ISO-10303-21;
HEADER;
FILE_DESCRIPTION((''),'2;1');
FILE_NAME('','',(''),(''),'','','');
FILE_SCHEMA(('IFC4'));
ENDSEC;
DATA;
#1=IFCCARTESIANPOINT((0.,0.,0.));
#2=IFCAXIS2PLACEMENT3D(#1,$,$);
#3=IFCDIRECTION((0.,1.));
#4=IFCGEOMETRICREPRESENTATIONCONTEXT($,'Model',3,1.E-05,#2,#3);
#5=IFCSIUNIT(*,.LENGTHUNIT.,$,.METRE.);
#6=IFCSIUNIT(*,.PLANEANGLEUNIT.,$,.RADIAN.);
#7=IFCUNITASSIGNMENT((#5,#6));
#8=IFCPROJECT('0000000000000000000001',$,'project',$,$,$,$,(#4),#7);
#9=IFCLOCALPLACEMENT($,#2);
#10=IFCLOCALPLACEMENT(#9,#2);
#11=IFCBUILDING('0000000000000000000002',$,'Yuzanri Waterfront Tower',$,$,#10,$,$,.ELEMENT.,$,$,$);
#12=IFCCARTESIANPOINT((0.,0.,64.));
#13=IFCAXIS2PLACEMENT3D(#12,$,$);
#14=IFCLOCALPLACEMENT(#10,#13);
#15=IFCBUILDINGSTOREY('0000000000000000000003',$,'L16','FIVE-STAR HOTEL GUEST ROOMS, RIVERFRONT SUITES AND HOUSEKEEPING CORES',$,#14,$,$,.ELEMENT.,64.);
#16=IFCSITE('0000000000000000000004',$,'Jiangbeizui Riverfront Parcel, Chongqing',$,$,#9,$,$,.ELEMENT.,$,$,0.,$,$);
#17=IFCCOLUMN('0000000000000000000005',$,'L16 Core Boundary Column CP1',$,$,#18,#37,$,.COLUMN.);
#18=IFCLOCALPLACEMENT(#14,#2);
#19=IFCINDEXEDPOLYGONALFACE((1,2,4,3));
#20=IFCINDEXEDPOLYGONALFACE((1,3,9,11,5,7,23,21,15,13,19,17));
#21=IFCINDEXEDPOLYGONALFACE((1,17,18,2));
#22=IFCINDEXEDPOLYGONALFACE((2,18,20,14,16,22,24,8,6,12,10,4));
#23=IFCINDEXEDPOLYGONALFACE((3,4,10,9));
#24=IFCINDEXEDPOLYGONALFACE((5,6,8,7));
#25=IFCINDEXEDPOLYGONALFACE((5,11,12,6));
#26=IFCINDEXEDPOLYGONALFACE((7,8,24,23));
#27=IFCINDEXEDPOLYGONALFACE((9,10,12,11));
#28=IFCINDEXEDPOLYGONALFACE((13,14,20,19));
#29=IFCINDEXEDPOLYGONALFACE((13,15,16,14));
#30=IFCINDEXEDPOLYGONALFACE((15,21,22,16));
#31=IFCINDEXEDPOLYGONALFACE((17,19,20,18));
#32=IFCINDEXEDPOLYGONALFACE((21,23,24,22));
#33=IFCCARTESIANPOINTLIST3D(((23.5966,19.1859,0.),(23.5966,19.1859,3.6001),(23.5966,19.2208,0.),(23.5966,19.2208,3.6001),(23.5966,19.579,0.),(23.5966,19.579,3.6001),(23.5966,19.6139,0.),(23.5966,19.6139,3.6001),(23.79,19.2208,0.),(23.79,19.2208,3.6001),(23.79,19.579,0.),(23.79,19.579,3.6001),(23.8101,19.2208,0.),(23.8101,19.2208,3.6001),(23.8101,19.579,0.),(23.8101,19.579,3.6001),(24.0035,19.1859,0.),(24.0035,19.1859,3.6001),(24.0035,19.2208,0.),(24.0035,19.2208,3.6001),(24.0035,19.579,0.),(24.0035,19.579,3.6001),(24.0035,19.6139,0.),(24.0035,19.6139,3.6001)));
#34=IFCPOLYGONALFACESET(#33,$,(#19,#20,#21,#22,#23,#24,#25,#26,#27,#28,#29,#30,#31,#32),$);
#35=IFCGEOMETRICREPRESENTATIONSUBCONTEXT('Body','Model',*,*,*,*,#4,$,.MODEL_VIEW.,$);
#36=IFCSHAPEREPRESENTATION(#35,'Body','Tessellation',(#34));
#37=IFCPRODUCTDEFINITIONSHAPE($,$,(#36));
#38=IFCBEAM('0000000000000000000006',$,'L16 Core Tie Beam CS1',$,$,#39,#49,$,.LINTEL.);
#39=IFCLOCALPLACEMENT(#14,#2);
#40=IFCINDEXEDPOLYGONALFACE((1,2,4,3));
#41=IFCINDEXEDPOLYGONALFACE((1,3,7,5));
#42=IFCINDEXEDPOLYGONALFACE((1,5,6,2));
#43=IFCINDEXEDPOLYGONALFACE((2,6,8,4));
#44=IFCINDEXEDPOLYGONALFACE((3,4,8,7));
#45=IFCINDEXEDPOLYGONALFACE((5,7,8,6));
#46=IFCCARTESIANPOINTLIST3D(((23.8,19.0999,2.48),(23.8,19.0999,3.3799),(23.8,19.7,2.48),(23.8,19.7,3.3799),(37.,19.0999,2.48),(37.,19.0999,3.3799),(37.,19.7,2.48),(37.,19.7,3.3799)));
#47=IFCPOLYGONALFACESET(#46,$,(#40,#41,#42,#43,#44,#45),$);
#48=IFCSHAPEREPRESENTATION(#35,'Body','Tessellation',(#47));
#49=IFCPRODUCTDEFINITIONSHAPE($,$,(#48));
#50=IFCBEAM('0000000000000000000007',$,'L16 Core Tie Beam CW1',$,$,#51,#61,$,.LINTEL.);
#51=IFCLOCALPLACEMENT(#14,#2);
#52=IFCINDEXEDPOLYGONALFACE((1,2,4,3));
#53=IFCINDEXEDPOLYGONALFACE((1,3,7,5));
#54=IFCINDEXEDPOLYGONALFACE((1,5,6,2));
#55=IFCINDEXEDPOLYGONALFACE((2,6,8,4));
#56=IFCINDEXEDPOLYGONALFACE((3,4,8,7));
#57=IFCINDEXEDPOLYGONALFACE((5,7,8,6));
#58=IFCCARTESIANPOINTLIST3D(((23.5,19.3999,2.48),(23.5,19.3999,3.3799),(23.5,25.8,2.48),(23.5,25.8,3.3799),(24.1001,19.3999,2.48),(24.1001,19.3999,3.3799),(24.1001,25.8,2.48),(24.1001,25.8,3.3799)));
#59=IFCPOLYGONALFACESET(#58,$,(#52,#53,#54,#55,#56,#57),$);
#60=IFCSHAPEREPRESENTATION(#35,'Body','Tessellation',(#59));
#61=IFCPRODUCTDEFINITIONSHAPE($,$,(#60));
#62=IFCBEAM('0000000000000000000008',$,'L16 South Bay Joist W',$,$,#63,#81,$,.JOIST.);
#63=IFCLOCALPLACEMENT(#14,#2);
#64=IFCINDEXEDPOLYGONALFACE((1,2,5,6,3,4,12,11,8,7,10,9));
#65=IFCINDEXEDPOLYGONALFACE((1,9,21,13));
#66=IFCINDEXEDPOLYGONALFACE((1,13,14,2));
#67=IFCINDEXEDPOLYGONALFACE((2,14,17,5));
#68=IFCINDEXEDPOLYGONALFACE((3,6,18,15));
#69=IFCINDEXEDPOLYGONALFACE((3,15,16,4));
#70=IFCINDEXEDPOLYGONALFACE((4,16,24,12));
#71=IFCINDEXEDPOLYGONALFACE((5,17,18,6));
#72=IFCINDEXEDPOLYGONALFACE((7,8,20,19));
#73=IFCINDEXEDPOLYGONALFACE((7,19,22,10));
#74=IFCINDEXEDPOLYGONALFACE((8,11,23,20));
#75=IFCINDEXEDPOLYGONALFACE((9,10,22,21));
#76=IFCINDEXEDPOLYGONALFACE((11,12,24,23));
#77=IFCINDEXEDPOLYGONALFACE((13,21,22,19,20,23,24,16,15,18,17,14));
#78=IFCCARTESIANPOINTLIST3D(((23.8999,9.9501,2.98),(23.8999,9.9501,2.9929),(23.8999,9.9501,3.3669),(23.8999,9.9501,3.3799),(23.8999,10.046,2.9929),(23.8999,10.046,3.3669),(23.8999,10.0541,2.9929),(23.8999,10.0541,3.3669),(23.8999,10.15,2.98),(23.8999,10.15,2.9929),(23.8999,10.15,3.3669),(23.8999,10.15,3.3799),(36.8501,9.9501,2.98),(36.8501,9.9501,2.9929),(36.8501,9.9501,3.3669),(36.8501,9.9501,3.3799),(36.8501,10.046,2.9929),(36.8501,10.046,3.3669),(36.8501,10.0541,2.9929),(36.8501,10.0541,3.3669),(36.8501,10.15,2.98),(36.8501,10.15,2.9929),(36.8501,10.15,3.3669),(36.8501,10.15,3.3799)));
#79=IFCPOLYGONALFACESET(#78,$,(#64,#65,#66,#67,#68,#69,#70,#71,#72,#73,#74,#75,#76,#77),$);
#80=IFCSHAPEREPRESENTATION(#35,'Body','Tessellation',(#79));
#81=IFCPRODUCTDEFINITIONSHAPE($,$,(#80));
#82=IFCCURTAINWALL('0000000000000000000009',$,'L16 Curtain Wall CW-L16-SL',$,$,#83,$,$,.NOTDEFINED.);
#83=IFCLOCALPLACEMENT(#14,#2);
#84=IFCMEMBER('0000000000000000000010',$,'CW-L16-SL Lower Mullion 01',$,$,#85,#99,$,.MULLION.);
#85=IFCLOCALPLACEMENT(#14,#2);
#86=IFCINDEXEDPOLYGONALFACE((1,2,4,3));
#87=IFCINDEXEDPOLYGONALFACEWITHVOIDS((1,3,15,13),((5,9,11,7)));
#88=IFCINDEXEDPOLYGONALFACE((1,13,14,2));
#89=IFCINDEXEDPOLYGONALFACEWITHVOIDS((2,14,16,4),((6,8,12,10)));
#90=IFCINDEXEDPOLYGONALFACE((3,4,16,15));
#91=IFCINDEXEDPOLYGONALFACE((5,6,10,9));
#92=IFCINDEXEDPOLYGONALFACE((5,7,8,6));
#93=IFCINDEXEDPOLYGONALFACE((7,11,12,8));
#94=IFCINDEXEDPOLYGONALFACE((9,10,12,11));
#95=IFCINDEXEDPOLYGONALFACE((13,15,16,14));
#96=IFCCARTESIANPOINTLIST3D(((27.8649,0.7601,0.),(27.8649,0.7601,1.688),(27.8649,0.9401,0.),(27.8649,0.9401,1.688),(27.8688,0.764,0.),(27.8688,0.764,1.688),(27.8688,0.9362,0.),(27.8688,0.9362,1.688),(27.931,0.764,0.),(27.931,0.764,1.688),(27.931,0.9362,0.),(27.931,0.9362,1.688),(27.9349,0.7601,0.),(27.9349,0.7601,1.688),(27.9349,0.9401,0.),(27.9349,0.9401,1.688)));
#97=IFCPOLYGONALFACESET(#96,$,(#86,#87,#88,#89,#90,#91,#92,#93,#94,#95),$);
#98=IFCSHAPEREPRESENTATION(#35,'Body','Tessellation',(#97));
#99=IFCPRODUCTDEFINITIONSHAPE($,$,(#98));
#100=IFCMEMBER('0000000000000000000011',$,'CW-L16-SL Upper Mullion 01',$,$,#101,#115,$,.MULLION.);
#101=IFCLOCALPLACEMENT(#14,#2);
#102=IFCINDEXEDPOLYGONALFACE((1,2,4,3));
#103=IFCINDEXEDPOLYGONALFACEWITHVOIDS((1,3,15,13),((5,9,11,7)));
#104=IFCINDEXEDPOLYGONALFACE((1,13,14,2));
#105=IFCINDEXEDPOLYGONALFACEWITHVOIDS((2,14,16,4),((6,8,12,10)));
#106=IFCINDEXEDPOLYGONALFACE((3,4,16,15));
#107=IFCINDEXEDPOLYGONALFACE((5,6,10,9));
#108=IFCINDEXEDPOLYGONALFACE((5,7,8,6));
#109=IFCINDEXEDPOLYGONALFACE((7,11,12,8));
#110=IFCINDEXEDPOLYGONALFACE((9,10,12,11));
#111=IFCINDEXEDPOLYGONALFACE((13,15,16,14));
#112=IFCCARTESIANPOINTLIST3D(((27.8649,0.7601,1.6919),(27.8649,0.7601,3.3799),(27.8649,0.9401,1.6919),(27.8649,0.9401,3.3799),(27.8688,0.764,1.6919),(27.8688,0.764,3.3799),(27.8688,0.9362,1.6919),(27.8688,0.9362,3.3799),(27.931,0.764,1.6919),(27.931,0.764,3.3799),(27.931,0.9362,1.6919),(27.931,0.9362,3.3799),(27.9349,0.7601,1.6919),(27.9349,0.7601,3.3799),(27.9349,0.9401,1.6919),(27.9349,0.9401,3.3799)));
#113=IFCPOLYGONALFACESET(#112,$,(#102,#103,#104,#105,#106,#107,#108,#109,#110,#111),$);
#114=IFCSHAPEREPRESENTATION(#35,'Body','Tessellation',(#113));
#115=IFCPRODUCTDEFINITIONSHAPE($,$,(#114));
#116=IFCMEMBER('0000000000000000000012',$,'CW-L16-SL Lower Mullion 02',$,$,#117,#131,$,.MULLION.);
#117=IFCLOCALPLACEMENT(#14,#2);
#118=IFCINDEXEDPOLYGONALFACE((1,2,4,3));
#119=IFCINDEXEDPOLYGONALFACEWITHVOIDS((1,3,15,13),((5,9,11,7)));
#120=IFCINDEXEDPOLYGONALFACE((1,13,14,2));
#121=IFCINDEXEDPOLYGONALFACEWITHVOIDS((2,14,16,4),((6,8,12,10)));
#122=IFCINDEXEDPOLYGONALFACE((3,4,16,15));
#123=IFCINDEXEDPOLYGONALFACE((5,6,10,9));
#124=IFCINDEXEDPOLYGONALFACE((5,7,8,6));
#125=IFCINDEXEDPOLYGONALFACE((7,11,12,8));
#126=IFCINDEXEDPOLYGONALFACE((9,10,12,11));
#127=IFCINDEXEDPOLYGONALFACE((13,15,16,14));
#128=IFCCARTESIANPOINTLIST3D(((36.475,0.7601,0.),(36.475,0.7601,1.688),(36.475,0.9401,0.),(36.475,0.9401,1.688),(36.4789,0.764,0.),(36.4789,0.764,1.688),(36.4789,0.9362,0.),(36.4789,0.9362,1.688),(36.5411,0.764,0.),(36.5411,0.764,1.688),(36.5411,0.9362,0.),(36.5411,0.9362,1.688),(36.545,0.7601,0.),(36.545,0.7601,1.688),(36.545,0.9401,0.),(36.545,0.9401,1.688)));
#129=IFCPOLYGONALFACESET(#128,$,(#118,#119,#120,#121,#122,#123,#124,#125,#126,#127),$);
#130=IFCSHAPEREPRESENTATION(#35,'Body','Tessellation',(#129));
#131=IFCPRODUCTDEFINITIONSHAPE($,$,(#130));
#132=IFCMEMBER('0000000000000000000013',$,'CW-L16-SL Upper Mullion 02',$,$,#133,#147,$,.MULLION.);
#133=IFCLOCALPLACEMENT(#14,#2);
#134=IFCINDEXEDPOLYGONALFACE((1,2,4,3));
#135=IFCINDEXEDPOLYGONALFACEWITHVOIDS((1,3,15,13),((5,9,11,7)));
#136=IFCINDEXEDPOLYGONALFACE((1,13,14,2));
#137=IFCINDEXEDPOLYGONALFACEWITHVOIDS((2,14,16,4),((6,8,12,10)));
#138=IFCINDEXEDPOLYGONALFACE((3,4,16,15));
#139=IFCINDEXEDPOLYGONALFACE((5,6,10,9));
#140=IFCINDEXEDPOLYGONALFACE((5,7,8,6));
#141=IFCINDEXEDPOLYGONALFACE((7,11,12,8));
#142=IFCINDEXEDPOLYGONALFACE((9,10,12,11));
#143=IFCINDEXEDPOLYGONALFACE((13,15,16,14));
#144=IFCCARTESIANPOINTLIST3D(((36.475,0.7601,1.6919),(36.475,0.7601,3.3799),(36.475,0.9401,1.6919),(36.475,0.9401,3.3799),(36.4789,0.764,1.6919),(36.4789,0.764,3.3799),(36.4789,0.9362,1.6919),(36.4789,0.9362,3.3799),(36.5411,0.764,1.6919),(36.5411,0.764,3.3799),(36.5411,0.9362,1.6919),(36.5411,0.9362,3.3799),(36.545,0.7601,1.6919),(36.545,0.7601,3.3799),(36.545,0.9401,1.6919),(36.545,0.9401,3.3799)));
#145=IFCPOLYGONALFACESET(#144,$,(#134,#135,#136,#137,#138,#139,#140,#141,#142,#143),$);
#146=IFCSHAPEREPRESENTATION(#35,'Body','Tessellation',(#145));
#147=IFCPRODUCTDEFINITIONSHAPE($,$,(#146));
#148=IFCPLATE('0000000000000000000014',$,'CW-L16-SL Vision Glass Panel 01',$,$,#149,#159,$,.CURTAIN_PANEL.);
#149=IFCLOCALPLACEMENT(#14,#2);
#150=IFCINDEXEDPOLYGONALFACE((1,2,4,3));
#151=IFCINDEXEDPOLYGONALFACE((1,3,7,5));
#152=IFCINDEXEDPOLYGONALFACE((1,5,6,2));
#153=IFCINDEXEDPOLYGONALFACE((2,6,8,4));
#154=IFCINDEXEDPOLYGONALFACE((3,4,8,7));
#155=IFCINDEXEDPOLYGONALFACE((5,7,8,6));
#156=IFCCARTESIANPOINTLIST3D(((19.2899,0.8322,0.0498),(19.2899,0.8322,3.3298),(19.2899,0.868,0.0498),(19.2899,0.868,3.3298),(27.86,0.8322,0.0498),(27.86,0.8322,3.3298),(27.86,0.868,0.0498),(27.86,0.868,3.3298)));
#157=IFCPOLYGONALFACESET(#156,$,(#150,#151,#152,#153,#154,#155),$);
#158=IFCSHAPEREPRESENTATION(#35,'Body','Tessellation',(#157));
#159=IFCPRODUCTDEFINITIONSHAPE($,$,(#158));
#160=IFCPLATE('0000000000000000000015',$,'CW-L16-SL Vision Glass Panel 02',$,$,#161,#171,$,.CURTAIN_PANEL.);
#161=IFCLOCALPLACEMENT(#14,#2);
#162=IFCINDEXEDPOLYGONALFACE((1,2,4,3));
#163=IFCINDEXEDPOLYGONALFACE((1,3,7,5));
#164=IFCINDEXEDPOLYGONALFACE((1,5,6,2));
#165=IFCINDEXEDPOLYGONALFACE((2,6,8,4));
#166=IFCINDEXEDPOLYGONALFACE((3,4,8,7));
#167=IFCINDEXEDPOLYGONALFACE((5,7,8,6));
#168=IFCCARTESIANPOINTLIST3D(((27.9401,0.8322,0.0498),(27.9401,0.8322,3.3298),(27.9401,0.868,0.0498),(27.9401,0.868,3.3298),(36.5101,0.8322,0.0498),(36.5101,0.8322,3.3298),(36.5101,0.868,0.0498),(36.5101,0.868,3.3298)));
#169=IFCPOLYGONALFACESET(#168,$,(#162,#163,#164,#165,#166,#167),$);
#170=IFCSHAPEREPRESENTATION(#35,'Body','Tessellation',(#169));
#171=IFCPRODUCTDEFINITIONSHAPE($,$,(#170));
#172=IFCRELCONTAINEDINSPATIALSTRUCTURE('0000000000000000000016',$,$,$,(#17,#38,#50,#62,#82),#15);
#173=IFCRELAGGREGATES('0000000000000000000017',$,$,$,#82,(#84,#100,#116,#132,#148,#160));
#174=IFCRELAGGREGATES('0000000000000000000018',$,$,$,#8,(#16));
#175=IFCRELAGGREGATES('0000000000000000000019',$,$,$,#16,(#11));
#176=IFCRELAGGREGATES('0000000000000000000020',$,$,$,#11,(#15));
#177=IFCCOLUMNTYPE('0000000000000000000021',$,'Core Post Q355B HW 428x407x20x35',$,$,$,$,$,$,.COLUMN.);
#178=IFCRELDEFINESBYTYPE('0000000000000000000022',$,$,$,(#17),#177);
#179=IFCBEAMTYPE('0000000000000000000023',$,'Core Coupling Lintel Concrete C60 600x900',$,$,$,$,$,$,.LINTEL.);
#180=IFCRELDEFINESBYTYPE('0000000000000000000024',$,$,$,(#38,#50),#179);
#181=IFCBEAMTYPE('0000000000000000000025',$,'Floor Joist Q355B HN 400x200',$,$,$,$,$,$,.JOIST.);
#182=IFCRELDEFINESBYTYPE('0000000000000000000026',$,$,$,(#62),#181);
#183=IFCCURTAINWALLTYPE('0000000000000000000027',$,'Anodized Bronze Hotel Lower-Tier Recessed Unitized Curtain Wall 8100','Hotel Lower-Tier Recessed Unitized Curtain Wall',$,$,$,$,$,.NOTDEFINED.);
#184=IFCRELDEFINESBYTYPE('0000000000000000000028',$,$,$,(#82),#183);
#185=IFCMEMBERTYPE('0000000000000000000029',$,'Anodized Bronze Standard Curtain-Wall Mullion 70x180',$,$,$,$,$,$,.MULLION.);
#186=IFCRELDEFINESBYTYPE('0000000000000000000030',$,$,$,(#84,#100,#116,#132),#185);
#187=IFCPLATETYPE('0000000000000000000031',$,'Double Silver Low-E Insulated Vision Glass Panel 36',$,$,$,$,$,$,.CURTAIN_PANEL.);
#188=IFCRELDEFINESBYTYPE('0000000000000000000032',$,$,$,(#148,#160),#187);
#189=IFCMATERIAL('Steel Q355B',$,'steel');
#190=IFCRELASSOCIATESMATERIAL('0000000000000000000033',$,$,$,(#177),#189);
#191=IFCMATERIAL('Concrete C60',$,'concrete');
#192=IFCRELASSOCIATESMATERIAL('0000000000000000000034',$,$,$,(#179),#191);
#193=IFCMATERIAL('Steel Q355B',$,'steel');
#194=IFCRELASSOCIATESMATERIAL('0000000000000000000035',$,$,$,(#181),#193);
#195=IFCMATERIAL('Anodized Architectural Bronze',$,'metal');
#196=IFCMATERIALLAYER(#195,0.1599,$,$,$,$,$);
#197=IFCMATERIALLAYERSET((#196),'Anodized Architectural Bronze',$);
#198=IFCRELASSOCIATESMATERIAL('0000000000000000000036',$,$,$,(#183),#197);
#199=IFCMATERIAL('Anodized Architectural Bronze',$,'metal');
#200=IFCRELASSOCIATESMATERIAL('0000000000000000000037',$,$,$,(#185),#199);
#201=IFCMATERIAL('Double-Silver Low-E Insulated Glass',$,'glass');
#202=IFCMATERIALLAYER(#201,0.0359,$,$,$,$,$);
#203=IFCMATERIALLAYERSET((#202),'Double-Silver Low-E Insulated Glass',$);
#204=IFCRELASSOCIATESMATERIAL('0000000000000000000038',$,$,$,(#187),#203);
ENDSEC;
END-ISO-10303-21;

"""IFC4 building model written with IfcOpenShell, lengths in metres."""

from ifc_helpers import new_model, si_unit, direction, frame, origin, origin_2d, place, context, subcontext, project, spatial, rectangle, hollow_rectangle, i_section, extrude, source, transform, mapped, material, layer, layer_set, material_profile, profile_set, type_object, element, aggregate, save


model = new_model("IFC4")

# Units and contexts
model_context = context("Model", 3, precision=1e-05, world=origin(), true_north=direction((0.0, 1.0)))
body_context = subcontext(model_context, "Body", "Model", "MODEL_VIEW")
ifc_project = project(units=[si_unit("LENGTHUNIT", "METRE"), si_unit("PLANEANGLEUNIT", "RADIAN")], contexts=[model_context])

# Site, building, storey
site_placement = place(None, origin())
site = spatial("IfcSite", under=ifc_project, at=site_placement, Name="Jiangbeizui Riverfront Parcel, Chongqing", CompositionType="ELEMENT", RefElevation=0.0)
building_placement = place(site_placement, origin())
building = spatial("IfcBuilding", under=site, at=building_placement, Name="Yuzanri Waterfront Tower", CompositionType="ELEMENT")
storey_placement = place(building_placement, frame((0.0, 0.0, 64.0)))
storey = spatial("IfcBuildingStorey", under=building, at=storey_placement, Name="L16", Description="FIVE-STAR HOTEL GUEST ROOMS, RIVERFRONT SUITES AND HOUSEKEEPING CORES", CompositionType="ELEMENT", Elevation=64.0)

# Column
ifc_material_1 = material(Name="Steel Q355B", Category="steel")
ifc_material_profile_1 = material_profile(ifc_material_1, i_section(OverallWidth=0.407, OverallDepth=0.428, WebThickness=0.02, FlangeThickness=0.0349, at=origin_2d()), Name="HW 428x407x20x35")
ifc_profile_set_1 = profile_set([ifc_material_profile_1], Name="Steel Q355B")
column_type = type_object("IfcColumnType", Name="Core Post Q355B HW 428x407x20x35", PredefinedType="COLUMN", material=ifc_profile_set_1)
shared_shape_1 = source(origin(), body_context, "Body", "SweptSolid", [
    extrude(i_section(OverallWidth=0.407, OverallDepth=0.428, WebThickness=0.02, FlangeThickness=0.0349, at=origin_2d()), origin(), (0.0, 0.0, 1.0), 3.6001),
])
column_placement = place(storey_placement, frame((23.8, 19.3999, 0.0), z_axis=(0.0, 0.0, 1.0), x_axis=(1.0, 0.0, 0.0)))
element("IfcColumn", 1, at=column_placement, inside=storey, type_object=column_type, Name="L16 Core Boundary Column CP1", PredefinedType="COLUMN", context=body_context, shape_type="MappedRepresentation", body=[
    mapped(shared_shape_1, transform((0.0, 0.0, 0.0), scale=1.0)),
])

# Beams
ifc_material_2 = material(Name="Concrete C60", Category="concrete")
ifc_material_profile_2 = material_profile(ifc_material_2, rectangle(XDim=0.6001, YDim=0.8999, at=origin_2d()), Name="RC 600x900")
ifc_profile_set_2 = profile_set([ifc_material_profile_2], Name="Concrete C60")
beam_type_1 = type_object("IfcBeamType", Name="Core Coupling Lintel Concrete C60 600x900", PredefinedType="LINTEL", material=ifc_profile_set_2)
shared_shape_2 = source(origin(), body_context, "Body", "SweptSolid", [
    extrude(rectangle(XDim=0.6001, YDim=0.8999, at=origin_2d()), origin(), (0.0, 0.0, 1.0), 13.2),
])
beam_1_placement = place(storey_placement, frame((23.8, 19.3999, 2.9299), z_axis=(1.0, 0.0, 0.0), x_axis=(0.0, 1.0, 0.0)))
element("IfcBeam", 2, at=beam_1_placement, inside=storey, type_object=beam_type_1, Name="L16 Core Tie Beam CS1", PredefinedType="LINTEL", context=body_context, shape_type="MappedRepresentation", body=[
    mapped(shared_shape_2, transform((0.0, 0.0, 0.0), scale=1.0)),
])
shared_shape_3 = source(origin(), body_context, "Body", "SweptSolid", [
    extrude(rectangle(XDim=0.6001, YDim=0.8999, at=origin_2d()), origin(), (0.0, 0.0, 1.0), 6.4001),
])
beam_2_placement = place(storey_placement, frame((23.8, 19.3999, 2.9299), z_axis=(0.0, 1.0, 0.0), x_axis=(-1.0, 0.0, 0.0)))
element("IfcBeam", 3, at=beam_2_placement, inside=storey, type_object=beam_type_1, Name="L16 Core Tie Beam CW1", PredefinedType="LINTEL", context=body_context, shape_type="MappedRepresentation", body=[
    mapped(shared_shape_3, transform((0.0, 0.0, 0.0), scale=1.0)),
])
ifc_material_3 = material(Name="Steel Q355B", Category="steel")
ifc_material_profile_3 = material_profile(ifc_material_3, i_section(OverallWidth=0.2, OverallDepth=0.3999, WebThickness=0.0081, FlangeThickness=0.0129, at=origin_2d()), Name="HN 400x200x8x13")
ifc_profile_set_3 = profile_set([ifc_material_profile_3], Name="Steel Q355B")
beam_type_2 = type_object("IfcBeamType", Name="Floor Joist Q355B HN 400x200", PredefinedType="JOIST", material=ifc_profile_set_3)
shared_shape_4 = source(origin(), body_context, "Body", "SweptSolid", [
    extrude(i_section(OverallWidth=0.2, OverallDepth=0.3999, WebThickness=0.0081, FlangeThickness=0.0129, at=origin_2d()), origin(), (0.0, 0.0, 1.0), 12.9502),
])
beam_3_placement = place(storey_placement, frame((23.8999, 10.05, 3.1799), z_axis=(1.0, 0.0, 0.0), x_axis=(0.0, 1.0, 0.0)))
element("IfcBeam", 4, at=beam_3_placement, inside=storey, type_object=beam_type_2, Name="L16 South Bay Joist W", PredefinedType="JOIST", context=body_context, shape_type="MappedRepresentation", body=[
    mapped(shared_shape_4, transform((0.0, 0.0, 0.0), scale=1.0)),
])

# Curtain wall, members, plates
ifc_material_4 = material(Name="Anodized Architectural Bronze", Category="metal")
ifc_layer_1 = layer(ifc_material_4, 0.1599)
ifc_layer_set_1 = layer_set([ifc_layer_1], Name="Anodized Architectural Bronze")
curtain_wall_type = type_object("IfcCurtainWallType", Name="Anodized Bronze Hotel Lower-Tier Recessed Unitized Curtain Wall 8100", Description="Hotel Lower-Tier Recessed Unitized Curtain Wall", PredefinedType="NOTDEFINED", material=ifc_layer_set_1)
curtain_wall_placement = place(storey_placement, origin())
curtain_wall = element("IfcCurtainWall", 5, at=curtain_wall_placement, inside=storey, type_object=curtain_wall_type, Name="L16 Curtain Wall CW-L16-SL", PredefinedType="NOTDEFINED")
ifc_material_5 = material(Name="Anodized Architectural Bronze", Category="metal")
ifc_material_profile_4 = material_profile(ifc_material_5, hollow_rectangle(XDim=0.0701, YDim=0.1799, WallThickness=0.0039, at=origin_2d()), Name="CWM 70x180")
ifc_profile_set_4 = profile_set([ifc_material_profile_4], Name="Anodized Architectural Bronze")
member_type = type_object("IfcMemberType", Name="Anodized Bronze Standard Curtain-Wall Mullion 70x180", PredefinedType="MULLION", material=ifc_profile_set_4)
shared_shape_5 = source(origin(), body_context, "Body", "SweptSolid", [
    extrude(hollow_rectangle(XDim=0.0701, YDim=0.1799, WallThickness=0.0039, at=origin_2d()), origin(), (0.0, 0.0, 1.0), 1.688),
])
member_1_placement = place(storey_placement, frame((27.8999, 0.8501, 0.0), z_axis=(0.0, 0.0, 1.0), x_axis=(1.0, 0.0, 0.0)))
member_1 = element("IfcMember", 6, at=member_1_placement, type_object=member_type, Name="CW-L16-SL Lower Mullion 01", PredefinedType="MULLION", context=body_context, shape_type="MappedRepresentation", body=[
    mapped(shared_shape_5, transform((0.0, 0.0, 0.0), scale=1.0)),
])
member_2_placement = place(storey_placement, frame((27.8999, 0.8501, 1.6919), z_axis=(0.0, 0.0, 1.0), x_axis=(1.0, 0.0, 0.0)))
member_2 = element("IfcMember", 7, at=member_2_placement, type_object=member_type, Name="CW-L16-SL Upper Mullion 01", PredefinedType="MULLION", context=body_context, shape_type="MappedRepresentation", body=[
    mapped(shared_shape_5, transform((0.0, 0.0, 0.0), scale=1.0)),
])
member_3_placement = place(storey_placement, frame((36.51, 0.8501, 0.0), z_axis=(0.0, 0.0, 1.0), x_axis=(1.0, 0.0, 0.0)))
member_3 = element("IfcMember", 8, at=member_3_placement, type_object=member_type, Name="CW-L16-SL Lower Mullion 02", PredefinedType="MULLION", context=body_context, shape_type="MappedRepresentation", body=[
    mapped(shared_shape_5, transform((0.0, 0.0, 0.0), scale=1.0)),
])
member_4_placement = place(storey_placement, frame((36.51, 0.8501, 1.6919), z_axis=(0.0, 0.0, 1.0), x_axis=(1.0, 0.0, 0.0)))
member_4 = element("IfcMember", 9, at=member_4_placement, type_object=member_type, Name="CW-L16-SL Upper Mullion 02", PredefinedType="MULLION", context=body_context, shape_type="MappedRepresentation", body=[
    mapped(shared_shape_5, transform((0.0, 0.0, 0.0), scale=1.0)),
])
ifc_material_6 = material(Name="Double-Silver Low-E Insulated Glass", Category="glass")
ifc_layer_2 = layer(ifc_material_6, 0.0359)
ifc_layer_set_2 = layer_set([ifc_layer_2], Name="Double-Silver Low-E Insulated Glass")
plate_type = type_object("IfcPlateType", Name="Double Silver Low-E Insulated Vision Glass Panel 36", PredefinedType="CURTAIN_PANEL", material=ifc_layer_set_2)
shared_shape_6 = source(origin(), body_context, "Body", "SweptSolid", [
    extrude(rectangle(XDim=8.5701, YDim=0.0359, at=origin_2d()), origin(), (0.0, 0.0, 1.0), 3.28),
])
plate_1_placement = place(storey_placement, frame((23.575, 0.8501, 0.0498), z_axis=(0.0, 0.0, 1.0), x_axis=(1.0, 0.0, 0.0)))
plate_1 = element("IfcPlate", 10, at=plate_1_placement, type_object=plate_type, Name="CW-L16-SL Vision Glass Panel 01", PredefinedType="CURTAIN_PANEL", context=body_context, shape_type="MappedRepresentation", body=[
    mapped(shared_shape_6, transform((0.0, 0.0, 0.0), scale=1.0)),
])
plate_2_placement = place(storey_placement, frame((32.2251, 0.8501, 0.0498), z_axis=(0.0, 0.0, 1.0), x_axis=(1.0, 0.0, 0.0)))
plate_2 = element("IfcPlate", 11, at=plate_2_placement, type_object=plate_type, Name="CW-L16-SL Vision Glass Panel 02", PredefinedType="CURTAIN_PANEL", context=body_context, shape_type="MappedRepresentation", body=[
    mapped(shared_shape_6, transform((0.0, 0.0, 0.0), scale=1.0)),
])
aggregate(curtain_wall, [member_1, member_2, member_3, member_4, plate_1, plate_2])

save(model, "model.ifc")
